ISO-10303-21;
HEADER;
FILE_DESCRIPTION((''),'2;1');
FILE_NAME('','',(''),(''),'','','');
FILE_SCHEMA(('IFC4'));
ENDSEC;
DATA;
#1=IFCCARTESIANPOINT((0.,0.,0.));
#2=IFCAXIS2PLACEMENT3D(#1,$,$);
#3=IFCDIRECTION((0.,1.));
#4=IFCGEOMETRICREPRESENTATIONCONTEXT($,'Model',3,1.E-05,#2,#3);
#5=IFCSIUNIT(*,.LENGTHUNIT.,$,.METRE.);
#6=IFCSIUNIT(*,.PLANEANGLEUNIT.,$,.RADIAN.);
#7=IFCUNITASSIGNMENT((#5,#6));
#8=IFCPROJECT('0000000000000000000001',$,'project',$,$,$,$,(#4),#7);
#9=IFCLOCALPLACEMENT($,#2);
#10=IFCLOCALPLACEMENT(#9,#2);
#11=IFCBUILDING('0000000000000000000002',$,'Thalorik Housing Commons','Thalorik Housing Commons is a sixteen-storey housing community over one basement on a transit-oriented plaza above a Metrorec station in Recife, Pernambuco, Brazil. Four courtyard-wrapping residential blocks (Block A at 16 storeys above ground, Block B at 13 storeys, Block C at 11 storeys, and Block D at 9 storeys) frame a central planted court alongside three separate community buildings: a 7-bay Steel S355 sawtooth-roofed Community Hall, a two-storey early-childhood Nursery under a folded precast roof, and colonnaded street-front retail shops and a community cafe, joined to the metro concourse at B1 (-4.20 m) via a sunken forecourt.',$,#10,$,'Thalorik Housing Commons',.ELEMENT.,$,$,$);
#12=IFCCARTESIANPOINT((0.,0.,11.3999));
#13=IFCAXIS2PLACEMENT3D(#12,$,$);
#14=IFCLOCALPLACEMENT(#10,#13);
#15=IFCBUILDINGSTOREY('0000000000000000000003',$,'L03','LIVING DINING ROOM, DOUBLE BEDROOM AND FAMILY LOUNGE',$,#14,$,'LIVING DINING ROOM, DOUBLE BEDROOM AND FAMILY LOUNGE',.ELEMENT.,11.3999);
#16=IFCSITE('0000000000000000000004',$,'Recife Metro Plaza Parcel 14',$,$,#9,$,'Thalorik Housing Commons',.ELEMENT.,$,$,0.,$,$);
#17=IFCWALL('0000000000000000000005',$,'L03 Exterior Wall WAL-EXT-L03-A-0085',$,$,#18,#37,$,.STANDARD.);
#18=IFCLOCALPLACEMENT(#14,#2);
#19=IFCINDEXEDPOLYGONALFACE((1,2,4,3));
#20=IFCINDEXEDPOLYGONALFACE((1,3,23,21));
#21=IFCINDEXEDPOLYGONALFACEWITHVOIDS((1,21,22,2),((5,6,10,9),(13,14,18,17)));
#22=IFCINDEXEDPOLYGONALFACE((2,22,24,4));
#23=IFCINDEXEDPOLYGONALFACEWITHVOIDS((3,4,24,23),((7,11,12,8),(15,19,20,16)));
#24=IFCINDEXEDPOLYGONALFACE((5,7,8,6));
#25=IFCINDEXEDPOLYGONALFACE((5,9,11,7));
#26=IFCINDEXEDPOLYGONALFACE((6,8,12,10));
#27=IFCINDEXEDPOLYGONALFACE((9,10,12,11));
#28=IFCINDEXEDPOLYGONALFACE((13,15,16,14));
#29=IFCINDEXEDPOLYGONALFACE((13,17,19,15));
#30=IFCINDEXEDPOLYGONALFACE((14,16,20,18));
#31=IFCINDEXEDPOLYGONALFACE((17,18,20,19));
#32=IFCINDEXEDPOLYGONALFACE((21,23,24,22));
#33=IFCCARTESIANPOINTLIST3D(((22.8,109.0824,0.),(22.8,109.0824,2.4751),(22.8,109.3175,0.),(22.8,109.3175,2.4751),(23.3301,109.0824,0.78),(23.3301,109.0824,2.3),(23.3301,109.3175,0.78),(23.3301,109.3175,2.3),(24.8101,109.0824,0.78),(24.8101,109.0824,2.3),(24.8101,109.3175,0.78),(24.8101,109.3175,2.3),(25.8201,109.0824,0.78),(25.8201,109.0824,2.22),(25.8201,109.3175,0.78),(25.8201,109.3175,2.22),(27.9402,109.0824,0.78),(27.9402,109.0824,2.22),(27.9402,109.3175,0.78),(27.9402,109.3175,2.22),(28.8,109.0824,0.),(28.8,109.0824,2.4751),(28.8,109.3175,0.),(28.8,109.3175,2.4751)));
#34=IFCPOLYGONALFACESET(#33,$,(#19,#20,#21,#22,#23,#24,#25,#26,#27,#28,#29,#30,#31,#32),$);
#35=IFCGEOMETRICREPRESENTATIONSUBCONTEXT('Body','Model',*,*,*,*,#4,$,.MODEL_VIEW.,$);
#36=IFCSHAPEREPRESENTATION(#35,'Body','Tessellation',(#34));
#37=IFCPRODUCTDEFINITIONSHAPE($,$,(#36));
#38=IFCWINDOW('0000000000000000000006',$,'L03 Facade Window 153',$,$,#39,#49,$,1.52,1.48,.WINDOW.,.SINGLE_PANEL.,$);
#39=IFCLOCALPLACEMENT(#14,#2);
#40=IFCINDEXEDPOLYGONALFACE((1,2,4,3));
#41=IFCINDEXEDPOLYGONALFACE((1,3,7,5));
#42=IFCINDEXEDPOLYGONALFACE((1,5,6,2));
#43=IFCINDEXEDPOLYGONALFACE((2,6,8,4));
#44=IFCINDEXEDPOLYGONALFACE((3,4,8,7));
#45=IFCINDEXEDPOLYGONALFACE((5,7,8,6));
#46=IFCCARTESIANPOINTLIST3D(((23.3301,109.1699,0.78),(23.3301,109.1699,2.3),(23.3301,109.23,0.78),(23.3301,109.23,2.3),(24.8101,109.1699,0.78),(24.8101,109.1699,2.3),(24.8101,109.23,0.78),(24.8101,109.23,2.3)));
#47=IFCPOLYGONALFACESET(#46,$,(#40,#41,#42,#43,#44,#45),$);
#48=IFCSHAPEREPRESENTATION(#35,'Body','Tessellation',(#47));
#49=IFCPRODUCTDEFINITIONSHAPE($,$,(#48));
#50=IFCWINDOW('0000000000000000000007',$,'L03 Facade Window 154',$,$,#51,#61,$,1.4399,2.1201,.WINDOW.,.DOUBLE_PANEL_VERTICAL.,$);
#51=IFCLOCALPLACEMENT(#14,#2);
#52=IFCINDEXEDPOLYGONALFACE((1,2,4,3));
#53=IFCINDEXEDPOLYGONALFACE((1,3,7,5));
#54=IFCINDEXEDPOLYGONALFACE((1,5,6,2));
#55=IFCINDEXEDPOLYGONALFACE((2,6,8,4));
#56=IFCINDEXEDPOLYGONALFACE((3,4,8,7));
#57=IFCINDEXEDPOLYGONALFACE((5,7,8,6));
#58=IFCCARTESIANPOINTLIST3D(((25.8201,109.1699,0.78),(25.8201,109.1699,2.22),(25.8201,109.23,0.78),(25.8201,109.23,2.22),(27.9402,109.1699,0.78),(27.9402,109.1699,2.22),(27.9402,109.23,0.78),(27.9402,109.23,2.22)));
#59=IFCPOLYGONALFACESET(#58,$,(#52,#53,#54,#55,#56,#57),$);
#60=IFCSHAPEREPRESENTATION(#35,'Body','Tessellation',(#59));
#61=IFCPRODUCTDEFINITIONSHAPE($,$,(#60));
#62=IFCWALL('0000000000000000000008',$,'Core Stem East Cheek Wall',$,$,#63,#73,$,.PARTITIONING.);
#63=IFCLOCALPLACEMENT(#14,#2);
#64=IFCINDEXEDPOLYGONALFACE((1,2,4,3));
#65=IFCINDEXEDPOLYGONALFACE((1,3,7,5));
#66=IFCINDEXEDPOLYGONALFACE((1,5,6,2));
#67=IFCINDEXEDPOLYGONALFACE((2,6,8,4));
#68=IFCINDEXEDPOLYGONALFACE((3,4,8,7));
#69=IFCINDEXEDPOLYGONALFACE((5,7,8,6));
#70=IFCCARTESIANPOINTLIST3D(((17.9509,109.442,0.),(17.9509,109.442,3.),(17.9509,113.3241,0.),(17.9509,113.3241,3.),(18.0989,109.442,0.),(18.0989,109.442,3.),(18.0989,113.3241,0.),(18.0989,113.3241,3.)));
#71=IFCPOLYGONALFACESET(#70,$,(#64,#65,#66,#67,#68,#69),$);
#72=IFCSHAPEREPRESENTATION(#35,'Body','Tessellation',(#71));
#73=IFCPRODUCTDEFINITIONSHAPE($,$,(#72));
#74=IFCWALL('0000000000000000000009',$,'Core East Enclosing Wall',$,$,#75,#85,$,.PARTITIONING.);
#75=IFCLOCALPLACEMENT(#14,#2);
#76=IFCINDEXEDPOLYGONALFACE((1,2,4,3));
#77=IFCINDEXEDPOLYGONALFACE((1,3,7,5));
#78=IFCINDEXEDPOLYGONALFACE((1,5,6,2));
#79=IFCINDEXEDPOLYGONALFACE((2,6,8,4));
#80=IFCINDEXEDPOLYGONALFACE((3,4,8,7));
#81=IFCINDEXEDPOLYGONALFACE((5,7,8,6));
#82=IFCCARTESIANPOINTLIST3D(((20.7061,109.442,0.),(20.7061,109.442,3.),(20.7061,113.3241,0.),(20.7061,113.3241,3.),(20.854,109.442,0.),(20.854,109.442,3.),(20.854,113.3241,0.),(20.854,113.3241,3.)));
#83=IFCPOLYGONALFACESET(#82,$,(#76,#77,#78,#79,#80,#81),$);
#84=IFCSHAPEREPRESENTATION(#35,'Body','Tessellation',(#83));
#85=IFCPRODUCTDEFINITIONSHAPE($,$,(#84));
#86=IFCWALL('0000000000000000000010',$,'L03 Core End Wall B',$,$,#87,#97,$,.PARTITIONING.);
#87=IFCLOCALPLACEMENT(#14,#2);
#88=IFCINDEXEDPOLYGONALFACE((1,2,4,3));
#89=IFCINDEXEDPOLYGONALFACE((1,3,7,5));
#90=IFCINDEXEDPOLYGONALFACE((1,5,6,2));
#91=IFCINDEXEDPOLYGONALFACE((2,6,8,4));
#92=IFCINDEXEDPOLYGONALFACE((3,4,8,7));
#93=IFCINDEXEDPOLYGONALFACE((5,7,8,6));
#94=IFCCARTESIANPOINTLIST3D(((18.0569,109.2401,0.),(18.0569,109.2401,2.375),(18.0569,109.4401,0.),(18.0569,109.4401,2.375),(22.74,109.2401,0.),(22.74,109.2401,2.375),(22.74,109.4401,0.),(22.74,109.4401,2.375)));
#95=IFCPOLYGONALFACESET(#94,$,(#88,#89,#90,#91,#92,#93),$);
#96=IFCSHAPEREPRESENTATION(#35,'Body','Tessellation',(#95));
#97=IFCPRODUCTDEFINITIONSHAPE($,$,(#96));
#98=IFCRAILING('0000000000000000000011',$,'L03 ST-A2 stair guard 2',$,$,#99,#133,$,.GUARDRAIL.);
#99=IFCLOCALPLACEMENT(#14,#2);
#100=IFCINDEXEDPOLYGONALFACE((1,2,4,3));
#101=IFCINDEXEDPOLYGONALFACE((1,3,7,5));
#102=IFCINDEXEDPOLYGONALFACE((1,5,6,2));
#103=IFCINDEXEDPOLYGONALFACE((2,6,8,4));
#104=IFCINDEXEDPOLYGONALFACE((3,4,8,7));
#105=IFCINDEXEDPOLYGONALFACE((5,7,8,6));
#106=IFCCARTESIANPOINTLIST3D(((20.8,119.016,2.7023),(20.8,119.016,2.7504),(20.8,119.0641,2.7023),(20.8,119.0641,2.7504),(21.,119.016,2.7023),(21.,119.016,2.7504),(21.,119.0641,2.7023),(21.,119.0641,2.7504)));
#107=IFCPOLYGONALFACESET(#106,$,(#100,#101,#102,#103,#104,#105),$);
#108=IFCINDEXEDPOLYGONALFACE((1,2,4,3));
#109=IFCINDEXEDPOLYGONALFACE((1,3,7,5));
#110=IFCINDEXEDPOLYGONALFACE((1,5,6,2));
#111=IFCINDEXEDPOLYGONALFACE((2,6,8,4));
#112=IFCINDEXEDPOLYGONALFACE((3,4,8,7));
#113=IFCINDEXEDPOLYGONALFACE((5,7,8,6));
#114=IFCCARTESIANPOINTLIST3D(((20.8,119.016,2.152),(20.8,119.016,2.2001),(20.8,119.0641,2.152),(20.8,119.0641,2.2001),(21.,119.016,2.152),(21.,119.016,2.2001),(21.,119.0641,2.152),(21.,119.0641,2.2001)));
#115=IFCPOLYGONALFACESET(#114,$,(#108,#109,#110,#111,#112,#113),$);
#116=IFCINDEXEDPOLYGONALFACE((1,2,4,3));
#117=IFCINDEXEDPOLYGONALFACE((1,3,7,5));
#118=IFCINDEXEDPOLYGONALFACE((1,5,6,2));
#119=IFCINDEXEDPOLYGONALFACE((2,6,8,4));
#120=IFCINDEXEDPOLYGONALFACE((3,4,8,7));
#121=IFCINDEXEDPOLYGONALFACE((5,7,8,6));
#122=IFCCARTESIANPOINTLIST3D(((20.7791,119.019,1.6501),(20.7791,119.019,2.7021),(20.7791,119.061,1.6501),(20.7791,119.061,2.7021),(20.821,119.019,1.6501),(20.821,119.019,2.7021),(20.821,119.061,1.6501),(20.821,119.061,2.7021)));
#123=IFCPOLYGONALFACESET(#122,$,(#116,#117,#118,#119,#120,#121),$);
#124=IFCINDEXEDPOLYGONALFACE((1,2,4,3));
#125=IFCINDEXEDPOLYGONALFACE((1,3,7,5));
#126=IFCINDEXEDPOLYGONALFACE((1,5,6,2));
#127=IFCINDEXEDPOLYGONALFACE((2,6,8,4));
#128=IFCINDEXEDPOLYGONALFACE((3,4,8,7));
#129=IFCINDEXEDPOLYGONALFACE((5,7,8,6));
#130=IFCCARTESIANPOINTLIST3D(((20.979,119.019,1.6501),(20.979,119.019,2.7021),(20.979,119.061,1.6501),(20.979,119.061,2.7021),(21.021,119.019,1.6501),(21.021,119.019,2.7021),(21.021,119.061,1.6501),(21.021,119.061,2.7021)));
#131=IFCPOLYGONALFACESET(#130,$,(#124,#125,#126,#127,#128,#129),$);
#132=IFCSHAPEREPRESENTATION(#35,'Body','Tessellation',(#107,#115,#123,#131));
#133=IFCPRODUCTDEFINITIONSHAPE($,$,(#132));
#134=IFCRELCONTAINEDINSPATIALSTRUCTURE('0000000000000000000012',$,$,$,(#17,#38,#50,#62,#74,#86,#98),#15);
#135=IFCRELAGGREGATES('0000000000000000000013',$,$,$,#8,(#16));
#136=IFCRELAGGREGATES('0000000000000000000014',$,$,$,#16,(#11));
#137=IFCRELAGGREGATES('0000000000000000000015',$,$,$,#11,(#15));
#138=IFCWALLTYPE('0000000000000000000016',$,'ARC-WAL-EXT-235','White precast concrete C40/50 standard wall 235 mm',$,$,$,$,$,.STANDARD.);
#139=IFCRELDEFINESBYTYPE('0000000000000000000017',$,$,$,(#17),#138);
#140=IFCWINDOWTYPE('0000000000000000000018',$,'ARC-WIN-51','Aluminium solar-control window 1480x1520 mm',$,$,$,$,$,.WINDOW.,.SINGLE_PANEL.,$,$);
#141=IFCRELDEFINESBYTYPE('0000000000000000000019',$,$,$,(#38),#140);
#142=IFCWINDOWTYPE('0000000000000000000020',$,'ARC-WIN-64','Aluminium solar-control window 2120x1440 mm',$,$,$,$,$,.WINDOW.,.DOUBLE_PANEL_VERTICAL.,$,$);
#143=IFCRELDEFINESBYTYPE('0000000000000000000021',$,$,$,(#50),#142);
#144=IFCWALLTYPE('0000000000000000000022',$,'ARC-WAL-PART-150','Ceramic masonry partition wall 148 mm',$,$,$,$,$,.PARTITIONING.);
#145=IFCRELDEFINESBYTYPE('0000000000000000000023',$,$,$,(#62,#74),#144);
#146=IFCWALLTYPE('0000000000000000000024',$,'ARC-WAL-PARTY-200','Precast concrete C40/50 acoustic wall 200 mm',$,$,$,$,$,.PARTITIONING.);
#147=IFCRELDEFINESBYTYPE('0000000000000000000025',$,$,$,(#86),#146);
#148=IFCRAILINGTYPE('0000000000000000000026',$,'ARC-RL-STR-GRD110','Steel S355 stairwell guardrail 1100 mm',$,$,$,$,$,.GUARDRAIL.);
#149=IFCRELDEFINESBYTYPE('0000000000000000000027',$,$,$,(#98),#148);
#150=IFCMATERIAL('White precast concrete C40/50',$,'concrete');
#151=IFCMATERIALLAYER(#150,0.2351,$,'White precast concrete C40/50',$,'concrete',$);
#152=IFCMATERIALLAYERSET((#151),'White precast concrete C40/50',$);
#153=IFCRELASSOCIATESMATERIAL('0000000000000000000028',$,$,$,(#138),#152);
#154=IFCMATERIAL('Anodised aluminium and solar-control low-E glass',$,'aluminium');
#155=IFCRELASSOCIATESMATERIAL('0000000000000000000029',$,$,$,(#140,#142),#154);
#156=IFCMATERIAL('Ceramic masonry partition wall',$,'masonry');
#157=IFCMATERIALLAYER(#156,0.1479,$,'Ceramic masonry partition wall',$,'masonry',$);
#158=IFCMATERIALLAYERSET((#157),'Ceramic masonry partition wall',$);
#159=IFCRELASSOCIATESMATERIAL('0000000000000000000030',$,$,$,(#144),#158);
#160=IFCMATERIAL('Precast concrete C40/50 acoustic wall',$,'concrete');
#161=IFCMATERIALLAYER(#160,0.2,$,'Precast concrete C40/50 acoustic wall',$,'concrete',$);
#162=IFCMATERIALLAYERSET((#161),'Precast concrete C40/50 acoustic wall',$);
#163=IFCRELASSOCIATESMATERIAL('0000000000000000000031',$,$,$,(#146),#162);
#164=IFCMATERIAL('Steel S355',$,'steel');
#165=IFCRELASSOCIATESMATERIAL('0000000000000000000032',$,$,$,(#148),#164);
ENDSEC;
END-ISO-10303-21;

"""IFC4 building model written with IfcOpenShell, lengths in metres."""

from ifc_helpers import new_model, si_unit, direction, frame, frame_2d, origin, origin_2d, place, context, subcontext, project, spatial, rectangle, extrude, material, layer, layer_set, type_object, element, fill, save


model = new_model("IFC4")

# Units and contexts
model_context = context("Model", 3, precision=1e-05, world=origin(), true_north=direction((0.0, 1.0)))
body_context = subcontext(model_context, "Body", "Model", "MODEL_VIEW")
ifc_project = project(units=[si_unit("LENGTHUNIT", "METRE"), si_unit("PLANEANGLEUNIT", "RADIAN")], contexts=[model_context])

# Site, building, storey
site_placement = place(None, origin())
site = spatial("IfcSite", under=ifc_project, at=site_placement, Name="Recife Metro Plaza Parcel 14", LongName="Thalorik Housing Commons", CompositionType="ELEMENT", RefElevation=0.0)
building_placement = place(site_placement, origin())
building = spatial("IfcBuilding", under=site, at=building_placement, Name="Thalorik Housing Commons", Description="Thalorik Housing Commons is a sixteen-storey housing community over one basement on a transit-oriented plaza above a Metrorec station in Recife, Pernambuco, Brazil. Four courtyard-wrapping residential blocks (Block A at 16 storeys above ground, Block B at 13 storeys, Block C at 11 storeys, and Block D at 9 storeys) frame a central planted court alongside three separate community buildings: a 7-bay Steel S355 sawtooth-roofed Community Hall, a two-storey early-childhood Nursery under a folded precast roof, and colonnaded street-front retail shops and a community cafe, joined to the metro concourse at B1 (-4.20 m) via a sunken forecourt.", LongName="Thalorik Housing Commons", CompositionType="ELEMENT")
storey_placement = place(building_placement, frame((0.0, 0.0, 11.3999)))
storey = spatial("IfcBuildingStorey", under=building, at=storey_placement, Name="L03", Description="LIVING DINING ROOM, DOUBLE BEDROOM AND FAMILY LOUNGE", LongName="LIVING DINING ROOM, DOUBLE BEDROOM AND FAMILY LOUNGE", CompositionType="ELEMENT", Elevation=11.3999)

# Wall, openings, windows
ifc_material_1 = material(Name="White precast concrete C40/50", Category="concrete")
ifc_layer_1 = layer(ifc_material_1, 0.2351, Name="White precast concrete C40/50", Category="concrete")
ifc_layer_set_1 = layer_set([ifc_layer_1], Name="White precast concrete C40/50")
wall_type_1 = type_object("IfcWallType", Name="ARC-WAL-EXT-235", Description="White precast concrete C40/50 standard wall 235 mm", PredefinedType="STANDARD", material=ifc_layer_set_1)
wall_1_placement = place(storey_placement, frame((22.8, 109.2, 0.0), z_axis=(0.0, 0.0, 1.0), x_axis=(1.0, 0.0, 0.0)))
wall_1 = element("IfcWall", 1, at=wall_1_placement, inside=storey, type_object=wall_type_1, Name="L03 Exterior Wall WAL-EXT-L03-A-0085", PredefinedType="STANDARD", context=body_context, shape_type="SweptSolid", body=[
    extrude(rectangle(XDim=6.0, YDim=0.2351, at=frame_2d((3.0, 0.0))), origin(), (0.0, 0.0, 1.0), 2.4751),
])
opening_1_placement = place(wall_1_placement, frame((0.53, 0.0, 0.78)))
opening_1 = element("IfcOpeningElement", 2, at=opening_1_placement, cuts=wall_1, PredefinedType="OPENING", context=body_context, shape_type="SweptSolid", body=[
    extrude(rectangle(XDim=1.48, YDim=1.52, at=frame_2d((0.74, 0.76))), frame((0.0, 0.1274, 0.0), z_axis=(0.0, -1.0, 0.0), x_axis=(1.0, 0.0, 0.0)), (0.0, 0.0, 1.0), 0.2551),
])
opening_2_placement = place(wall_1_placement, frame((3.02, 0.0, 0.78)))
opening_2 = element("IfcOpeningElement", 3, at=opening_2_placement, cuts=wall_1, PredefinedType="OPENING", context=body_context, shape_type="SweptSolid", body=[
    extrude(rectangle(XDim=2.1201, YDim=1.4399, at=frame_2d((1.0601, 0.72))), frame((0.0, 0.1274, 0.0), z_axis=(0.0, -1.0, 0.0), x_axis=(1.0, 0.0, 0.0)), (0.0, 0.0, 1.0), 0.2551),
])
ifc_material_2 = material(Name="Anodised aluminium and solar-control low-E glass", Category="aluminium")
window_type_1 = type_object("IfcWindowType", Name="ARC-WIN-51", Description="Aluminium solar-control window 1480x1520 mm", PartitioningType="SINGLE_PANEL", PredefinedType="WINDOW", material=ifc_material_2)
window_1_placement = place(opening_1_placement, origin())
window_1 = element("IfcWindow", 4, at=window_1_placement, inside=storey, type_object=window_type_1, Name="L03 Facade Window 153", OverallHeight=1.52, OverallWidth=1.48, PartitioningType="SINGLE_PANEL", PredefinedType="WINDOW", context=body_context, shape_type="SweptSolid", body=[
    extrude(rectangle(XDim=1.48, YDim=1.52, at=frame_2d((0.74, 0.76))), frame((0.0, 0.03, 0.0), z_axis=(0.0, -1.0, 0.0), x_axis=(1.0, 0.0, 0.0)), (0.0, 0.0, 1.0), 0.0601),
])
fill(opening_1, window_1)
window_type_2 = type_object("IfcWindowType", Name="ARC-WIN-64", Description="Aluminium solar-control window 2120x1440 mm", PartitioningType="DOUBLE_PANEL_VERTICAL", PredefinedType="WINDOW", material=ifc_material_2)
window_2_placement = place(opening_2_placement, origin())
window_2 = element("IfcWindow", 5, at=window_2_placement, inside=storey, type_object=window_type_2, Name="L03 Facade Window 154", OverallHeight=1.4399, OverallWidth=2.1201, PartitioningType="DOUBLE_PANEL_VERTICAL", PredefinedType="WINDOW", context=body_context, shape_type="SweptSolid", body=[
    extrude(rectangle(XDim=2.1201, YDim=1.4399, at=frame_2d((1.0601, 0.72))), frame((0.0, 0.03, 0.0), z_axis=(0.0, -1.0, 0.0), x_axis=(1.0, 0.0, 0.0)), (0.0, 0.0, 1.0), 0.0601),
])
fill(opening_2, window_2)

# Walls
ifc_material_3 = material(Name="Ceramic masonry partition wall", Category="masonry")
ifc_layer_2 = layer(ifc_material_3, 0.1479, Name="Ceramic masonry partition wall", Category="masonry")
ifc_layer_set_2 = layer_set([ifc_layer_2], Name="Ceramic masonry partition wall")
wall_type_2 = type_object("IfcWallType", Name="ARC-WAL-PART-150", Description="Ceramic masonry partition wall 148 mm", PredefinedType="PARTITIONING", material=ifc_layer_set_2)
for number, where, z_axis, x_axis, name in (
    (6, (18.0249, 113.324, 0.0), (0.0, 0.0, 1.0), (0.0, -1.0, 0.0), "Core Stem East Cheek Wall"),
    (7, (20.78, 113.324, 0.0), (0.0, 0.0, 1.0), (0.0, -1.0, 0.0), "Core East Enclosing Wall"),
):
    element("IfcWall", number, at=place(storey_placement, frame(where, z_axis=z_axis, x_axis=x_axis)), inside=storey, type_object=wall_type_2, Name=name, PredefinedType="PARTITIONING", context=body_context, shape_type="SweptSolid", body=[
        extrude(rectangle(XDim=3.8821, YDim=0.1479, at=frame_2d((1.9409, 0.0))), origin(), (0.0, 0.0, 1.0), 3.0),
    ])

# Shared definitions
ifc_material_4 = material(Name="Steel S355", Category="steel")

# Wall
ifc_material_5 = material(Name="Precast concrete C40/50 acoustic wall", Category="concrete")
ifc_layer_3 = layer(ifc_material_5, 0.2, Name="Precast concrete C40/50 acoustic wall", Category="concrete")
ifc_layer_set_3 = layer_set([ifc_layer_3], Name="Precast concrete C40/50 acoustic wall")
wall_type_3 = type_object("IfcWallType", Name="ARC-WAL-PARTY-200", Description="Precast concrete C40/50 acoustic wall 200 mm", PredefinedType="PARTITIONING", material=ifc_layer_set_3)
wall_2_placement = place(storey_placement, frame((18.0569, 109.3401, 0.0), z_axis=(0.0, 0.0, 1.0), x_axis=(1.0, 0.0, 0.0)))
element("IfcWall", 8, at=wall_2_placement, inside=storey, type_object=wall_type_3, Name="L03 Core End Wall B", PredefinedType="PARTITIONING", context=body_context, shape_type="SweptSolid", body=[
    extrude(rectangle(XDim=4.6831, YDim=0.2, at=frame_2d((2.3416, 0.0))), origin(), (0.0, 0.0, 1.0), 2.375),
])

# Railing
railing_type = type_object("IfcRailingType", Name="ARC-RL-STR-GRD110", Description="Steel S355 stairwell guardrail 1100 mm", PredefinedType="GUARDRAIL", material=ifc_material_4)
railing_placement = place(storey_placement, frame((20.8, 119.04, 1.6501)))
element("IfcRailing", 9, at=railing_placement, inside=storey, type_object=railing_type, Name="L03 ST-A2 stair guard 2", PredefinedType="GUARDRAIL", context=body_context, shape_type="SweptSolid", body=[
    extrude(rectangle(XDim=0.0481, YDim=0.0481, at=origin_2d()), frame((0.0, 0.0, 1.0762), z_axis=(1.0, 0.0, 0.0), x_axis=(0.0, 1.0, 0.0)), (0.0, 0.0, 1.0), 0.2),
    extrude(rectangle(XDim=0.0481, YDim=0.0481, at=origin_2d()), frame((0.0, 0.0, 0.5259), z_axis=(1.0, 0.0, 0.0), x_axis=(0.0, 1.0, 0.0)), (0.0, 0.0, 1.0), 0.2),
    extrude(rectangle(XDim=0.042, YDim=0.042, at=origin_2d()), origin(), (0.0, 0.0, 1.0), 1.052),
    extrude(rectangle(XDim=0.042, YDim=0.042, at=origin_2d()), frame((0.2, 0.0, 0.0)), (0.0, 0.0, 1.0), 1.052),
])

save(model, "model.ifc")
